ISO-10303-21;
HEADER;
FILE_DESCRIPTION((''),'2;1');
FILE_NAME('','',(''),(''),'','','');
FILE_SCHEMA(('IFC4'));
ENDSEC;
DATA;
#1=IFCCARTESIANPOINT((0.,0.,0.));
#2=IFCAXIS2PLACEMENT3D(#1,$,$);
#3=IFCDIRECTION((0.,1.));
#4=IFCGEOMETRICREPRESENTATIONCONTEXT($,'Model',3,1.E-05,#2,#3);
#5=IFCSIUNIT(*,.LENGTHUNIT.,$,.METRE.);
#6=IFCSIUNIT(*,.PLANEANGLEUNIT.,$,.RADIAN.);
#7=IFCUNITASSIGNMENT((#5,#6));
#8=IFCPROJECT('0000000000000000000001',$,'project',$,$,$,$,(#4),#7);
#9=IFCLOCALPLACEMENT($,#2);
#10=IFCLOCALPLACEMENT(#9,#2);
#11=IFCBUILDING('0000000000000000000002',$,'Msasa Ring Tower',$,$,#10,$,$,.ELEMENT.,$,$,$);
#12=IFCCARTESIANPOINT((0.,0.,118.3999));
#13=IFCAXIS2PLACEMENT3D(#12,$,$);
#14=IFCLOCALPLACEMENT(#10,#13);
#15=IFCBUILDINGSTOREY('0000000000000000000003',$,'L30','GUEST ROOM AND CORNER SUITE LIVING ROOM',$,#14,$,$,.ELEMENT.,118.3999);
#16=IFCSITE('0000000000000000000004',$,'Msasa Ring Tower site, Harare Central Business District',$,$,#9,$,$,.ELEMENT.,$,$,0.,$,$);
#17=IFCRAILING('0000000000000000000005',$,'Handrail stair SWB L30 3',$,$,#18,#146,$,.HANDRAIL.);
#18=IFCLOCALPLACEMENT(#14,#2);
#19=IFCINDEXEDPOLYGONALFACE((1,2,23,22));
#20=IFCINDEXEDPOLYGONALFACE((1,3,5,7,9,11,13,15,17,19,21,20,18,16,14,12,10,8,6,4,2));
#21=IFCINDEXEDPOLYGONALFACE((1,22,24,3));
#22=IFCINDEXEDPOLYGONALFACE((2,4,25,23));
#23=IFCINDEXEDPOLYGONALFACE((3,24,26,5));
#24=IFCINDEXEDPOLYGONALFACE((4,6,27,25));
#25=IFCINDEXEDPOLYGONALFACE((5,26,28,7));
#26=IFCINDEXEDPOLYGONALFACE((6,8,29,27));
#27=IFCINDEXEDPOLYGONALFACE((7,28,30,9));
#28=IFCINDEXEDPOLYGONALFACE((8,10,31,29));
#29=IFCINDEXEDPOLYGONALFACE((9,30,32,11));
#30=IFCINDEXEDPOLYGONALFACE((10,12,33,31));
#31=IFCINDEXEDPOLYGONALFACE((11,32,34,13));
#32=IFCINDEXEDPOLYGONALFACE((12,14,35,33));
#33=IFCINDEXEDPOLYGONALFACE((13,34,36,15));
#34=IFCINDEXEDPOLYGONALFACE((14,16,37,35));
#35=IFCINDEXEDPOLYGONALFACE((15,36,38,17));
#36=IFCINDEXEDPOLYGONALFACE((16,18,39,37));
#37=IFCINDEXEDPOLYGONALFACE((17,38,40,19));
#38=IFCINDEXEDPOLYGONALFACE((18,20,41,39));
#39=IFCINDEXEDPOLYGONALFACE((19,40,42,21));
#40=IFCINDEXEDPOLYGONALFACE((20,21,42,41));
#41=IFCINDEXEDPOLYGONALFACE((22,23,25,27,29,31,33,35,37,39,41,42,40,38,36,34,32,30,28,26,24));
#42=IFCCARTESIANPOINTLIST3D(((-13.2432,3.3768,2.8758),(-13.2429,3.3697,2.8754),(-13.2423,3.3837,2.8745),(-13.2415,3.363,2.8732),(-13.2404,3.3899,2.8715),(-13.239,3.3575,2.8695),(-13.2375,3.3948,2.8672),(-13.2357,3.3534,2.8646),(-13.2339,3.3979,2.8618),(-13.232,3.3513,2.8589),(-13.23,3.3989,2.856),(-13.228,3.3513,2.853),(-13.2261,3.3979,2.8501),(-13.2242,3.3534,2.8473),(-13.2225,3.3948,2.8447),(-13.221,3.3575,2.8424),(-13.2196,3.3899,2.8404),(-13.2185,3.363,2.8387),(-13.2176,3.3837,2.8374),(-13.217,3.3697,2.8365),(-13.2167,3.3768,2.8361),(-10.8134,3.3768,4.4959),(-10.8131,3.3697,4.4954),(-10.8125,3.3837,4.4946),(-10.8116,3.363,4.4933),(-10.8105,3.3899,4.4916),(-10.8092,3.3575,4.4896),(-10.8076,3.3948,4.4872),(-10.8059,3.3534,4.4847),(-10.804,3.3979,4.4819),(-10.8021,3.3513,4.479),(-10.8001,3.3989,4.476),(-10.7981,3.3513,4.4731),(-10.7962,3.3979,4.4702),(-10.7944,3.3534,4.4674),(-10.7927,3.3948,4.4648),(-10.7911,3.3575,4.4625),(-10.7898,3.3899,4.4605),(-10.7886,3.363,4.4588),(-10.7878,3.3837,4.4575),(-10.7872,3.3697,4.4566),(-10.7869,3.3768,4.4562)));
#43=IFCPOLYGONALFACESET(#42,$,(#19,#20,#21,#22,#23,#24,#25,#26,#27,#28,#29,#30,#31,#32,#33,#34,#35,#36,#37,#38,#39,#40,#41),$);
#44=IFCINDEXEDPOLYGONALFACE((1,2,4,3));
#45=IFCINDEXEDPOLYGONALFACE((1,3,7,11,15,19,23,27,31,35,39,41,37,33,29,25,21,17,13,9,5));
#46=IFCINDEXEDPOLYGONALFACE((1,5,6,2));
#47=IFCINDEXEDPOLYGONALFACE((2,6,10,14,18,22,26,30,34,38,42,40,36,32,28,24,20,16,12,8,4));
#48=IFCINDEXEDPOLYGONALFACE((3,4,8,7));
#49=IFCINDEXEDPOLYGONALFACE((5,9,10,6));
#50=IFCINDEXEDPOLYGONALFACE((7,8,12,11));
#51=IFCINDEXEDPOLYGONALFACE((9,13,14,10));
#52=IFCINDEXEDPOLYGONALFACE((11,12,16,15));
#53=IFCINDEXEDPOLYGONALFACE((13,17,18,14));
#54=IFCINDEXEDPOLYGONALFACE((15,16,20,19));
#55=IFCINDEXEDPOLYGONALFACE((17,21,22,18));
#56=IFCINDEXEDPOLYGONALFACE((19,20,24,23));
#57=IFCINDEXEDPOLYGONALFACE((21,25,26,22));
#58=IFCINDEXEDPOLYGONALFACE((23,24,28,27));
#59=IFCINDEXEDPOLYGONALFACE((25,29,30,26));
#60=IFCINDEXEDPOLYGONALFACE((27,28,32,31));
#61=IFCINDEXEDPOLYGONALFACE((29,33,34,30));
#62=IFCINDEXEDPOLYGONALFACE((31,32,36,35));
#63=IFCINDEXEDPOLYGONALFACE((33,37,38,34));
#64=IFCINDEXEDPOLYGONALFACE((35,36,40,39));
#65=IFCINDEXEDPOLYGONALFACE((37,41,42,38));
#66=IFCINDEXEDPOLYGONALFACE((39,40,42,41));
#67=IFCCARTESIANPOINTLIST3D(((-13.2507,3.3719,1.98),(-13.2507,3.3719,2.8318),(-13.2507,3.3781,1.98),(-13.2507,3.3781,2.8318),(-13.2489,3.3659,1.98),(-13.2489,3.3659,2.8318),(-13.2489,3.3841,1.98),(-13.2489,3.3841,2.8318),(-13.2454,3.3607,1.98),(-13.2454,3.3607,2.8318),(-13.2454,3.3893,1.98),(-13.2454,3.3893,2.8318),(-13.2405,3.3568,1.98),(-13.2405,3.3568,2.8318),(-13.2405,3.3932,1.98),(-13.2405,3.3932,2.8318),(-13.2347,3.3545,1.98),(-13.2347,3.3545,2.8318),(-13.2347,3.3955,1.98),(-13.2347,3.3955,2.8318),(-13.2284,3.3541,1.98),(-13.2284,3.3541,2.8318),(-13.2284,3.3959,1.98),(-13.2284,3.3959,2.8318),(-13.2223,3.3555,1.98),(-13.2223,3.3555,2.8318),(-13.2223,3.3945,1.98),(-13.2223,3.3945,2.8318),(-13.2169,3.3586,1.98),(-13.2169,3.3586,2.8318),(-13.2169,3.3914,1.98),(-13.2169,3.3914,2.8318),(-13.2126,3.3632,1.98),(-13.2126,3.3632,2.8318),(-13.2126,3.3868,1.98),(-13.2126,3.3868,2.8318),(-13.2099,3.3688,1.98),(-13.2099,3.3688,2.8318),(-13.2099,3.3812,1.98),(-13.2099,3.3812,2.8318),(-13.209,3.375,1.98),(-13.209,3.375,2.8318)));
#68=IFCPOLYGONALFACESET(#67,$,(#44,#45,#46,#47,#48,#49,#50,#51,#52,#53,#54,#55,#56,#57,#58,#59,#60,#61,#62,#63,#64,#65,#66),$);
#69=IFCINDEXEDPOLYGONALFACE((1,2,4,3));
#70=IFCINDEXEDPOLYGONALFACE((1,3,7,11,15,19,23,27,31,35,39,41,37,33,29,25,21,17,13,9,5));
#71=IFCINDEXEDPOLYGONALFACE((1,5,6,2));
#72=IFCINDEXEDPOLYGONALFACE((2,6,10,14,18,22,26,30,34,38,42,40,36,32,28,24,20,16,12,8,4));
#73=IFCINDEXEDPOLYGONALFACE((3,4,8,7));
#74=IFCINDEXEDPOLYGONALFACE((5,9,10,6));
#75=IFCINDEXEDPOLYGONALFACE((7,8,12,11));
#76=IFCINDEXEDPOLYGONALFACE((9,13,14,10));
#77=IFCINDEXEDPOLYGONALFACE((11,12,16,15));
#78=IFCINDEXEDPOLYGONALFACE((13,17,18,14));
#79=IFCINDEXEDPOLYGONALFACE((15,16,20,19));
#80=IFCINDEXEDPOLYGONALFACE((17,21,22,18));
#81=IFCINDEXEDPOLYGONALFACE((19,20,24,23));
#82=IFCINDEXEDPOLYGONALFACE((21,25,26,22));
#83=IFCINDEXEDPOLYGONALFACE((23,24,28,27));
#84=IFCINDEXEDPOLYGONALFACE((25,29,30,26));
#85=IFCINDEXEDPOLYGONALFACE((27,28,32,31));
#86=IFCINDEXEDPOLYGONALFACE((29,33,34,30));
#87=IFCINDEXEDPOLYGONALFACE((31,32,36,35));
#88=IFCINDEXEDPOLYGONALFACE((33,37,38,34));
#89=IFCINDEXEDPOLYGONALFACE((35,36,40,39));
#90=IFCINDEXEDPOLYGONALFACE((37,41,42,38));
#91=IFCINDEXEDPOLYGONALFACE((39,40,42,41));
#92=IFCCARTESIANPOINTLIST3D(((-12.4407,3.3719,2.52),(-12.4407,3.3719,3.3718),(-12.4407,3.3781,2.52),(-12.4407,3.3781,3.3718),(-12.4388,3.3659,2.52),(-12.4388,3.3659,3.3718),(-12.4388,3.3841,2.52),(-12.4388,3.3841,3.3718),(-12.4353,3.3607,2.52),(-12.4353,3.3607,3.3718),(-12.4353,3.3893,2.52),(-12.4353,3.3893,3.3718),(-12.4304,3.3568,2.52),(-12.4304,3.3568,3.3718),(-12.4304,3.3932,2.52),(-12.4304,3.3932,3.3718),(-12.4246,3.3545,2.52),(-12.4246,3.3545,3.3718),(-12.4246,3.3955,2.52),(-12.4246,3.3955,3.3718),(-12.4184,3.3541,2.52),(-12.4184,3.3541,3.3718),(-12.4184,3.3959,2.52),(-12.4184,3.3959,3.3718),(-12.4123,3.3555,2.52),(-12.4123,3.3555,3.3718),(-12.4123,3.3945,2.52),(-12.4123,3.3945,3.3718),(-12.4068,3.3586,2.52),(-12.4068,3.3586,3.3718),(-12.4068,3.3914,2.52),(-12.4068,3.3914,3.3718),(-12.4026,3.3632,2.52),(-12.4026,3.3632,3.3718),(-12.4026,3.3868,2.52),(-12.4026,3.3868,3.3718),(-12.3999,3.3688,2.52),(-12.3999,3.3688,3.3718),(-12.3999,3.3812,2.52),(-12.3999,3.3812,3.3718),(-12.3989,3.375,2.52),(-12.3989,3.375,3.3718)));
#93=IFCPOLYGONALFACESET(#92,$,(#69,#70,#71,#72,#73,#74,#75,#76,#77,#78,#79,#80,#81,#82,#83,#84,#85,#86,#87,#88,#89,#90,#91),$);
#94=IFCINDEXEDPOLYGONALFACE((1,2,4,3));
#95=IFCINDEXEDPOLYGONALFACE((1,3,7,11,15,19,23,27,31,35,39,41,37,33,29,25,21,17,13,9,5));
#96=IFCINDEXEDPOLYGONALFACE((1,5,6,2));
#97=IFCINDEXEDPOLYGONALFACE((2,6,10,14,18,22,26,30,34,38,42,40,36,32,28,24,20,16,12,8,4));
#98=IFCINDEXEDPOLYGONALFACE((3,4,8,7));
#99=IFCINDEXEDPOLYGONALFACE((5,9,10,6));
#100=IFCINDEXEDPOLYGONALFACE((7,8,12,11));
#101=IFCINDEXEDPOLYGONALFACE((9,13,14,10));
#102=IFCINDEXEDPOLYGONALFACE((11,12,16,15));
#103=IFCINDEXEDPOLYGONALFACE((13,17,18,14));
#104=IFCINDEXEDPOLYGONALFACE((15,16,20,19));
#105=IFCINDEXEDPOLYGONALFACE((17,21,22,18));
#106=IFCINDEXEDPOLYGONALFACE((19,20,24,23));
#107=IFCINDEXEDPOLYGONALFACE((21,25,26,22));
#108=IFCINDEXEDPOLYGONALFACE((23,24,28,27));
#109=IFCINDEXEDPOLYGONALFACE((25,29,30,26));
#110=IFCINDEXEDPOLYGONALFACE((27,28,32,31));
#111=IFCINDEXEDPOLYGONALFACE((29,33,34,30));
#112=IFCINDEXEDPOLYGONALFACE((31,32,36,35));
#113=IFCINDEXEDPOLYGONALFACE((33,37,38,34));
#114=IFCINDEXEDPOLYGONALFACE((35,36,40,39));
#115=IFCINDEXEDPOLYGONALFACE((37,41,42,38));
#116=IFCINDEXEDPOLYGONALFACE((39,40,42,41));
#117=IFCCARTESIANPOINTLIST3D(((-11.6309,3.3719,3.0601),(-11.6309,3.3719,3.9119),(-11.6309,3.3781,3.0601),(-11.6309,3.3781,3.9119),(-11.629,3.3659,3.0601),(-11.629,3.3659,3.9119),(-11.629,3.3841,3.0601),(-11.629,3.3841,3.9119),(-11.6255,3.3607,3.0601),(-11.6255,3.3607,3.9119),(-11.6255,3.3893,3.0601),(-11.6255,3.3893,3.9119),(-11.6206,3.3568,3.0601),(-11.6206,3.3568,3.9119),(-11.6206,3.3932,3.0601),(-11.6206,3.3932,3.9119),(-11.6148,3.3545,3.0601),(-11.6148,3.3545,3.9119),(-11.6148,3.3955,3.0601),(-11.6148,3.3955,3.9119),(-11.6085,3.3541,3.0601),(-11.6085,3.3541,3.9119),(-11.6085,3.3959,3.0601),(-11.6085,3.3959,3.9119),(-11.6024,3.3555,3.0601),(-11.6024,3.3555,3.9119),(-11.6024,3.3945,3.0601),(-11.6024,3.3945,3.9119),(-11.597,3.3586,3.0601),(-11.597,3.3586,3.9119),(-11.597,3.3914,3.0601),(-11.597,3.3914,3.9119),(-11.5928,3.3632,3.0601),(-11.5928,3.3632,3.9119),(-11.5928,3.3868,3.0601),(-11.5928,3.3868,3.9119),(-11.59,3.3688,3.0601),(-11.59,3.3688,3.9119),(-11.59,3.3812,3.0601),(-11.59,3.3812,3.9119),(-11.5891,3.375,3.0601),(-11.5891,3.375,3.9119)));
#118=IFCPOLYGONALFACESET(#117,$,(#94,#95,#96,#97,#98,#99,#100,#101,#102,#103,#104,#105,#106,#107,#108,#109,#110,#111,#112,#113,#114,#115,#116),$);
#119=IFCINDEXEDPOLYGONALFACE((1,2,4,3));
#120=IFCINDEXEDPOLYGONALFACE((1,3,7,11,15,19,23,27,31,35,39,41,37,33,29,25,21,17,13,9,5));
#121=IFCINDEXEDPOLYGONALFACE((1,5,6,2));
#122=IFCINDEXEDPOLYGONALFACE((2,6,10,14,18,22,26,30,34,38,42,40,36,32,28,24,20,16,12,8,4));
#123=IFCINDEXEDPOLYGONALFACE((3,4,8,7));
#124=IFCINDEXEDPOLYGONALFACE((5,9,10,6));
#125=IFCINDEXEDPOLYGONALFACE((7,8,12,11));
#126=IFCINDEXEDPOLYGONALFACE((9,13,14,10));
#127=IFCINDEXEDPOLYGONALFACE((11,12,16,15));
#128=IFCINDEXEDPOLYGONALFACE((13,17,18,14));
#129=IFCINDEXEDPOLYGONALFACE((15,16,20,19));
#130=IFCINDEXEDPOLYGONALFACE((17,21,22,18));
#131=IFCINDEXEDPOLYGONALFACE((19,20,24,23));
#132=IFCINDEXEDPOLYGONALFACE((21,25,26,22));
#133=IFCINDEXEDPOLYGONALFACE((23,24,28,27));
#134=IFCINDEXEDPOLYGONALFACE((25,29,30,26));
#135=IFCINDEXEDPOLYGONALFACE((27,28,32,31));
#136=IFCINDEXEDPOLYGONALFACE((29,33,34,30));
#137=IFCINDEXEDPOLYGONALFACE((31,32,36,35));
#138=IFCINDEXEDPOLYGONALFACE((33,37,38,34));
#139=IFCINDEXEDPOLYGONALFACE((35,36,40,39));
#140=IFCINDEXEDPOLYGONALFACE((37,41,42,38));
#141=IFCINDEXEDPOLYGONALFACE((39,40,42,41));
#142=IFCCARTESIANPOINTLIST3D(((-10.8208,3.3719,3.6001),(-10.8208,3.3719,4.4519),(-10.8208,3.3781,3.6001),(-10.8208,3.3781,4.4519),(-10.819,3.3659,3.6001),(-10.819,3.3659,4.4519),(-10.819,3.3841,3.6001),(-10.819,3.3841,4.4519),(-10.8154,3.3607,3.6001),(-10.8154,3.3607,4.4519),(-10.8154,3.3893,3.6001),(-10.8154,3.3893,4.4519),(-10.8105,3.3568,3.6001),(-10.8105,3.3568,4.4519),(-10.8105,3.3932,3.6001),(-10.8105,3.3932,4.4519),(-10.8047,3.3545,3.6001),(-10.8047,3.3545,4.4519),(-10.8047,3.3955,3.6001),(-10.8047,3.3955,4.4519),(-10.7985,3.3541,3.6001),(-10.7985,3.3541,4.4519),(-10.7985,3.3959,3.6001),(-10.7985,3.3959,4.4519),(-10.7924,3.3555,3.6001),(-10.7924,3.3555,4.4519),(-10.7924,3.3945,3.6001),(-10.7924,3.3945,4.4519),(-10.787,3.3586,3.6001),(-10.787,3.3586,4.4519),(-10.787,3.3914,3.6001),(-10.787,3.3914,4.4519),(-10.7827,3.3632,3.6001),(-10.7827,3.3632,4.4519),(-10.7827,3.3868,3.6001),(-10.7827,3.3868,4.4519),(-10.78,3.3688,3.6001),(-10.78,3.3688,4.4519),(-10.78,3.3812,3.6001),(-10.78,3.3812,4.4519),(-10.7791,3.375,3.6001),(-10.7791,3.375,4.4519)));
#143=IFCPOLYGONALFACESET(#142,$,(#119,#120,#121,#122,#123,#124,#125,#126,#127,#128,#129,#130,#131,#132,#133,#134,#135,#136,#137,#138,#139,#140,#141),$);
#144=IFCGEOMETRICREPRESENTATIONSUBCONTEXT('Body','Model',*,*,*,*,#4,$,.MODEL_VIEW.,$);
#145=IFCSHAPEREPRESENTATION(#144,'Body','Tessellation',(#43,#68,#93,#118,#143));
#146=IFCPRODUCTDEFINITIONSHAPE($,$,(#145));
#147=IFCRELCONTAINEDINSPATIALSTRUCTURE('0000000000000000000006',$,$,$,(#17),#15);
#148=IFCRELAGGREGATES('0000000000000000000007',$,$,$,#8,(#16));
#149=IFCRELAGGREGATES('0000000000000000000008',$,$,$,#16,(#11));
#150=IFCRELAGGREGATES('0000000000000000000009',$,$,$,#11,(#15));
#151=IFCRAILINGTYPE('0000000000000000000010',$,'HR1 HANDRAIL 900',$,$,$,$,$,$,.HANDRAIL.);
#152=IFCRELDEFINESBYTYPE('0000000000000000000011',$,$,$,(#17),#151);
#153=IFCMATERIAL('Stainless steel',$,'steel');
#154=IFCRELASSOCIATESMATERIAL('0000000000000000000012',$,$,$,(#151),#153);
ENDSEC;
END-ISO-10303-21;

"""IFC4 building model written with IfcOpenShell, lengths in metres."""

from ifc_helpers import new_model, si_unit, direction, frame, origin, origin_2d, place, context, subcontext, project, spatial, circle, extrude, material, type_object, element, save


model = new_model("IFC4")

# Units and contexts
model_context = context("Model", 3, precision=1e-05, world=origin(), true_north=direction((0.0, 1.0)))
body_context = subcontext(model_context, "Body", "Model", "MODEL_VIEW")
ifc_project = project(units=[si_unit("LENGTHUNIT", "METRE"), si_unit("PLANEANGLEUNIT", "RADIAN")], contexts=[model_context])

# Site, building, storey
site_placement = place(None, origin())
site = spatial("IfcSite", under=ifc_project, at=site_placement, Name="Msasa Ring Tower site, Harare Central Business District", CompositionType="ELEMENT", RefElevation=0.0)
building_placement = place(site_placement, origin())
building = spatial("IfcBuilding", under=site, at=building_placement, Name="Msasa Ring Tower", CompositionType="ELEMENT")
storey_placement = place(building_placement, frame((0.0, 0.0, 118.3999)))
storey = spatial("IfcBuildingStorey", under=building, at=storey_placement, Name="L30", Description="GUEST ROOM AND CORNER SUITE LIVING ROOM", CompositionType="ELEMENT", Elevation=118.3999)

# Railing
ifc_material_1 = material(Name="Stainless steel", Category="steel")
railing_type = type_object("IfcRailingType", Name="HR1 HANDRAIL 900", PredefinedType="HANDRAIL", material=ifc_material_1)
for number, where, name in (
    (1, (-13.23, 3.375, 1.98), "Handrail stair SWB L30 3"),
):
    element("IfcRailing", number, at=place(storey_placement, frame(where)), inside=storey, type_object=railing_type, Name=name, PredefinedType="HANDRAIL", context=body_context, shape_type="SweptSolid", body=[
        extrude(circle(Radius=0.0239, at=origin_2d()), frame((0.0, 0.0, 0.876), z_axis=(0.832025, 0.0, 0.554739), x_axis=(0.0, 1.0, 0.0)), (0.0, 0.0, 1.0), 2.9204),
        extrude(circle(Radius=0.021, at=origin_2d()), origin(), (0.0, 0.0, 1.0), 0.8518),
        extrude(circle(Radius=0.021, at=origin_2d()), frame((0.8101, 0.0, 0.54)), (0.0, 0.0, 1.0), 0.8518),
        extrude(circle(Radius=0.021, at=origin_2d()), frame((1.6199, 0.0, 1.0801)), (0.0, 0.0, 1.0), 0.8518),
        extrude(circle(Radius=0.021, at=origin_2d()), frame((2.4299, 0.0, 1.6201)), (0.0, 0.0, 1.0), 0.8518),
    ])

save(model, "model.ifc")
